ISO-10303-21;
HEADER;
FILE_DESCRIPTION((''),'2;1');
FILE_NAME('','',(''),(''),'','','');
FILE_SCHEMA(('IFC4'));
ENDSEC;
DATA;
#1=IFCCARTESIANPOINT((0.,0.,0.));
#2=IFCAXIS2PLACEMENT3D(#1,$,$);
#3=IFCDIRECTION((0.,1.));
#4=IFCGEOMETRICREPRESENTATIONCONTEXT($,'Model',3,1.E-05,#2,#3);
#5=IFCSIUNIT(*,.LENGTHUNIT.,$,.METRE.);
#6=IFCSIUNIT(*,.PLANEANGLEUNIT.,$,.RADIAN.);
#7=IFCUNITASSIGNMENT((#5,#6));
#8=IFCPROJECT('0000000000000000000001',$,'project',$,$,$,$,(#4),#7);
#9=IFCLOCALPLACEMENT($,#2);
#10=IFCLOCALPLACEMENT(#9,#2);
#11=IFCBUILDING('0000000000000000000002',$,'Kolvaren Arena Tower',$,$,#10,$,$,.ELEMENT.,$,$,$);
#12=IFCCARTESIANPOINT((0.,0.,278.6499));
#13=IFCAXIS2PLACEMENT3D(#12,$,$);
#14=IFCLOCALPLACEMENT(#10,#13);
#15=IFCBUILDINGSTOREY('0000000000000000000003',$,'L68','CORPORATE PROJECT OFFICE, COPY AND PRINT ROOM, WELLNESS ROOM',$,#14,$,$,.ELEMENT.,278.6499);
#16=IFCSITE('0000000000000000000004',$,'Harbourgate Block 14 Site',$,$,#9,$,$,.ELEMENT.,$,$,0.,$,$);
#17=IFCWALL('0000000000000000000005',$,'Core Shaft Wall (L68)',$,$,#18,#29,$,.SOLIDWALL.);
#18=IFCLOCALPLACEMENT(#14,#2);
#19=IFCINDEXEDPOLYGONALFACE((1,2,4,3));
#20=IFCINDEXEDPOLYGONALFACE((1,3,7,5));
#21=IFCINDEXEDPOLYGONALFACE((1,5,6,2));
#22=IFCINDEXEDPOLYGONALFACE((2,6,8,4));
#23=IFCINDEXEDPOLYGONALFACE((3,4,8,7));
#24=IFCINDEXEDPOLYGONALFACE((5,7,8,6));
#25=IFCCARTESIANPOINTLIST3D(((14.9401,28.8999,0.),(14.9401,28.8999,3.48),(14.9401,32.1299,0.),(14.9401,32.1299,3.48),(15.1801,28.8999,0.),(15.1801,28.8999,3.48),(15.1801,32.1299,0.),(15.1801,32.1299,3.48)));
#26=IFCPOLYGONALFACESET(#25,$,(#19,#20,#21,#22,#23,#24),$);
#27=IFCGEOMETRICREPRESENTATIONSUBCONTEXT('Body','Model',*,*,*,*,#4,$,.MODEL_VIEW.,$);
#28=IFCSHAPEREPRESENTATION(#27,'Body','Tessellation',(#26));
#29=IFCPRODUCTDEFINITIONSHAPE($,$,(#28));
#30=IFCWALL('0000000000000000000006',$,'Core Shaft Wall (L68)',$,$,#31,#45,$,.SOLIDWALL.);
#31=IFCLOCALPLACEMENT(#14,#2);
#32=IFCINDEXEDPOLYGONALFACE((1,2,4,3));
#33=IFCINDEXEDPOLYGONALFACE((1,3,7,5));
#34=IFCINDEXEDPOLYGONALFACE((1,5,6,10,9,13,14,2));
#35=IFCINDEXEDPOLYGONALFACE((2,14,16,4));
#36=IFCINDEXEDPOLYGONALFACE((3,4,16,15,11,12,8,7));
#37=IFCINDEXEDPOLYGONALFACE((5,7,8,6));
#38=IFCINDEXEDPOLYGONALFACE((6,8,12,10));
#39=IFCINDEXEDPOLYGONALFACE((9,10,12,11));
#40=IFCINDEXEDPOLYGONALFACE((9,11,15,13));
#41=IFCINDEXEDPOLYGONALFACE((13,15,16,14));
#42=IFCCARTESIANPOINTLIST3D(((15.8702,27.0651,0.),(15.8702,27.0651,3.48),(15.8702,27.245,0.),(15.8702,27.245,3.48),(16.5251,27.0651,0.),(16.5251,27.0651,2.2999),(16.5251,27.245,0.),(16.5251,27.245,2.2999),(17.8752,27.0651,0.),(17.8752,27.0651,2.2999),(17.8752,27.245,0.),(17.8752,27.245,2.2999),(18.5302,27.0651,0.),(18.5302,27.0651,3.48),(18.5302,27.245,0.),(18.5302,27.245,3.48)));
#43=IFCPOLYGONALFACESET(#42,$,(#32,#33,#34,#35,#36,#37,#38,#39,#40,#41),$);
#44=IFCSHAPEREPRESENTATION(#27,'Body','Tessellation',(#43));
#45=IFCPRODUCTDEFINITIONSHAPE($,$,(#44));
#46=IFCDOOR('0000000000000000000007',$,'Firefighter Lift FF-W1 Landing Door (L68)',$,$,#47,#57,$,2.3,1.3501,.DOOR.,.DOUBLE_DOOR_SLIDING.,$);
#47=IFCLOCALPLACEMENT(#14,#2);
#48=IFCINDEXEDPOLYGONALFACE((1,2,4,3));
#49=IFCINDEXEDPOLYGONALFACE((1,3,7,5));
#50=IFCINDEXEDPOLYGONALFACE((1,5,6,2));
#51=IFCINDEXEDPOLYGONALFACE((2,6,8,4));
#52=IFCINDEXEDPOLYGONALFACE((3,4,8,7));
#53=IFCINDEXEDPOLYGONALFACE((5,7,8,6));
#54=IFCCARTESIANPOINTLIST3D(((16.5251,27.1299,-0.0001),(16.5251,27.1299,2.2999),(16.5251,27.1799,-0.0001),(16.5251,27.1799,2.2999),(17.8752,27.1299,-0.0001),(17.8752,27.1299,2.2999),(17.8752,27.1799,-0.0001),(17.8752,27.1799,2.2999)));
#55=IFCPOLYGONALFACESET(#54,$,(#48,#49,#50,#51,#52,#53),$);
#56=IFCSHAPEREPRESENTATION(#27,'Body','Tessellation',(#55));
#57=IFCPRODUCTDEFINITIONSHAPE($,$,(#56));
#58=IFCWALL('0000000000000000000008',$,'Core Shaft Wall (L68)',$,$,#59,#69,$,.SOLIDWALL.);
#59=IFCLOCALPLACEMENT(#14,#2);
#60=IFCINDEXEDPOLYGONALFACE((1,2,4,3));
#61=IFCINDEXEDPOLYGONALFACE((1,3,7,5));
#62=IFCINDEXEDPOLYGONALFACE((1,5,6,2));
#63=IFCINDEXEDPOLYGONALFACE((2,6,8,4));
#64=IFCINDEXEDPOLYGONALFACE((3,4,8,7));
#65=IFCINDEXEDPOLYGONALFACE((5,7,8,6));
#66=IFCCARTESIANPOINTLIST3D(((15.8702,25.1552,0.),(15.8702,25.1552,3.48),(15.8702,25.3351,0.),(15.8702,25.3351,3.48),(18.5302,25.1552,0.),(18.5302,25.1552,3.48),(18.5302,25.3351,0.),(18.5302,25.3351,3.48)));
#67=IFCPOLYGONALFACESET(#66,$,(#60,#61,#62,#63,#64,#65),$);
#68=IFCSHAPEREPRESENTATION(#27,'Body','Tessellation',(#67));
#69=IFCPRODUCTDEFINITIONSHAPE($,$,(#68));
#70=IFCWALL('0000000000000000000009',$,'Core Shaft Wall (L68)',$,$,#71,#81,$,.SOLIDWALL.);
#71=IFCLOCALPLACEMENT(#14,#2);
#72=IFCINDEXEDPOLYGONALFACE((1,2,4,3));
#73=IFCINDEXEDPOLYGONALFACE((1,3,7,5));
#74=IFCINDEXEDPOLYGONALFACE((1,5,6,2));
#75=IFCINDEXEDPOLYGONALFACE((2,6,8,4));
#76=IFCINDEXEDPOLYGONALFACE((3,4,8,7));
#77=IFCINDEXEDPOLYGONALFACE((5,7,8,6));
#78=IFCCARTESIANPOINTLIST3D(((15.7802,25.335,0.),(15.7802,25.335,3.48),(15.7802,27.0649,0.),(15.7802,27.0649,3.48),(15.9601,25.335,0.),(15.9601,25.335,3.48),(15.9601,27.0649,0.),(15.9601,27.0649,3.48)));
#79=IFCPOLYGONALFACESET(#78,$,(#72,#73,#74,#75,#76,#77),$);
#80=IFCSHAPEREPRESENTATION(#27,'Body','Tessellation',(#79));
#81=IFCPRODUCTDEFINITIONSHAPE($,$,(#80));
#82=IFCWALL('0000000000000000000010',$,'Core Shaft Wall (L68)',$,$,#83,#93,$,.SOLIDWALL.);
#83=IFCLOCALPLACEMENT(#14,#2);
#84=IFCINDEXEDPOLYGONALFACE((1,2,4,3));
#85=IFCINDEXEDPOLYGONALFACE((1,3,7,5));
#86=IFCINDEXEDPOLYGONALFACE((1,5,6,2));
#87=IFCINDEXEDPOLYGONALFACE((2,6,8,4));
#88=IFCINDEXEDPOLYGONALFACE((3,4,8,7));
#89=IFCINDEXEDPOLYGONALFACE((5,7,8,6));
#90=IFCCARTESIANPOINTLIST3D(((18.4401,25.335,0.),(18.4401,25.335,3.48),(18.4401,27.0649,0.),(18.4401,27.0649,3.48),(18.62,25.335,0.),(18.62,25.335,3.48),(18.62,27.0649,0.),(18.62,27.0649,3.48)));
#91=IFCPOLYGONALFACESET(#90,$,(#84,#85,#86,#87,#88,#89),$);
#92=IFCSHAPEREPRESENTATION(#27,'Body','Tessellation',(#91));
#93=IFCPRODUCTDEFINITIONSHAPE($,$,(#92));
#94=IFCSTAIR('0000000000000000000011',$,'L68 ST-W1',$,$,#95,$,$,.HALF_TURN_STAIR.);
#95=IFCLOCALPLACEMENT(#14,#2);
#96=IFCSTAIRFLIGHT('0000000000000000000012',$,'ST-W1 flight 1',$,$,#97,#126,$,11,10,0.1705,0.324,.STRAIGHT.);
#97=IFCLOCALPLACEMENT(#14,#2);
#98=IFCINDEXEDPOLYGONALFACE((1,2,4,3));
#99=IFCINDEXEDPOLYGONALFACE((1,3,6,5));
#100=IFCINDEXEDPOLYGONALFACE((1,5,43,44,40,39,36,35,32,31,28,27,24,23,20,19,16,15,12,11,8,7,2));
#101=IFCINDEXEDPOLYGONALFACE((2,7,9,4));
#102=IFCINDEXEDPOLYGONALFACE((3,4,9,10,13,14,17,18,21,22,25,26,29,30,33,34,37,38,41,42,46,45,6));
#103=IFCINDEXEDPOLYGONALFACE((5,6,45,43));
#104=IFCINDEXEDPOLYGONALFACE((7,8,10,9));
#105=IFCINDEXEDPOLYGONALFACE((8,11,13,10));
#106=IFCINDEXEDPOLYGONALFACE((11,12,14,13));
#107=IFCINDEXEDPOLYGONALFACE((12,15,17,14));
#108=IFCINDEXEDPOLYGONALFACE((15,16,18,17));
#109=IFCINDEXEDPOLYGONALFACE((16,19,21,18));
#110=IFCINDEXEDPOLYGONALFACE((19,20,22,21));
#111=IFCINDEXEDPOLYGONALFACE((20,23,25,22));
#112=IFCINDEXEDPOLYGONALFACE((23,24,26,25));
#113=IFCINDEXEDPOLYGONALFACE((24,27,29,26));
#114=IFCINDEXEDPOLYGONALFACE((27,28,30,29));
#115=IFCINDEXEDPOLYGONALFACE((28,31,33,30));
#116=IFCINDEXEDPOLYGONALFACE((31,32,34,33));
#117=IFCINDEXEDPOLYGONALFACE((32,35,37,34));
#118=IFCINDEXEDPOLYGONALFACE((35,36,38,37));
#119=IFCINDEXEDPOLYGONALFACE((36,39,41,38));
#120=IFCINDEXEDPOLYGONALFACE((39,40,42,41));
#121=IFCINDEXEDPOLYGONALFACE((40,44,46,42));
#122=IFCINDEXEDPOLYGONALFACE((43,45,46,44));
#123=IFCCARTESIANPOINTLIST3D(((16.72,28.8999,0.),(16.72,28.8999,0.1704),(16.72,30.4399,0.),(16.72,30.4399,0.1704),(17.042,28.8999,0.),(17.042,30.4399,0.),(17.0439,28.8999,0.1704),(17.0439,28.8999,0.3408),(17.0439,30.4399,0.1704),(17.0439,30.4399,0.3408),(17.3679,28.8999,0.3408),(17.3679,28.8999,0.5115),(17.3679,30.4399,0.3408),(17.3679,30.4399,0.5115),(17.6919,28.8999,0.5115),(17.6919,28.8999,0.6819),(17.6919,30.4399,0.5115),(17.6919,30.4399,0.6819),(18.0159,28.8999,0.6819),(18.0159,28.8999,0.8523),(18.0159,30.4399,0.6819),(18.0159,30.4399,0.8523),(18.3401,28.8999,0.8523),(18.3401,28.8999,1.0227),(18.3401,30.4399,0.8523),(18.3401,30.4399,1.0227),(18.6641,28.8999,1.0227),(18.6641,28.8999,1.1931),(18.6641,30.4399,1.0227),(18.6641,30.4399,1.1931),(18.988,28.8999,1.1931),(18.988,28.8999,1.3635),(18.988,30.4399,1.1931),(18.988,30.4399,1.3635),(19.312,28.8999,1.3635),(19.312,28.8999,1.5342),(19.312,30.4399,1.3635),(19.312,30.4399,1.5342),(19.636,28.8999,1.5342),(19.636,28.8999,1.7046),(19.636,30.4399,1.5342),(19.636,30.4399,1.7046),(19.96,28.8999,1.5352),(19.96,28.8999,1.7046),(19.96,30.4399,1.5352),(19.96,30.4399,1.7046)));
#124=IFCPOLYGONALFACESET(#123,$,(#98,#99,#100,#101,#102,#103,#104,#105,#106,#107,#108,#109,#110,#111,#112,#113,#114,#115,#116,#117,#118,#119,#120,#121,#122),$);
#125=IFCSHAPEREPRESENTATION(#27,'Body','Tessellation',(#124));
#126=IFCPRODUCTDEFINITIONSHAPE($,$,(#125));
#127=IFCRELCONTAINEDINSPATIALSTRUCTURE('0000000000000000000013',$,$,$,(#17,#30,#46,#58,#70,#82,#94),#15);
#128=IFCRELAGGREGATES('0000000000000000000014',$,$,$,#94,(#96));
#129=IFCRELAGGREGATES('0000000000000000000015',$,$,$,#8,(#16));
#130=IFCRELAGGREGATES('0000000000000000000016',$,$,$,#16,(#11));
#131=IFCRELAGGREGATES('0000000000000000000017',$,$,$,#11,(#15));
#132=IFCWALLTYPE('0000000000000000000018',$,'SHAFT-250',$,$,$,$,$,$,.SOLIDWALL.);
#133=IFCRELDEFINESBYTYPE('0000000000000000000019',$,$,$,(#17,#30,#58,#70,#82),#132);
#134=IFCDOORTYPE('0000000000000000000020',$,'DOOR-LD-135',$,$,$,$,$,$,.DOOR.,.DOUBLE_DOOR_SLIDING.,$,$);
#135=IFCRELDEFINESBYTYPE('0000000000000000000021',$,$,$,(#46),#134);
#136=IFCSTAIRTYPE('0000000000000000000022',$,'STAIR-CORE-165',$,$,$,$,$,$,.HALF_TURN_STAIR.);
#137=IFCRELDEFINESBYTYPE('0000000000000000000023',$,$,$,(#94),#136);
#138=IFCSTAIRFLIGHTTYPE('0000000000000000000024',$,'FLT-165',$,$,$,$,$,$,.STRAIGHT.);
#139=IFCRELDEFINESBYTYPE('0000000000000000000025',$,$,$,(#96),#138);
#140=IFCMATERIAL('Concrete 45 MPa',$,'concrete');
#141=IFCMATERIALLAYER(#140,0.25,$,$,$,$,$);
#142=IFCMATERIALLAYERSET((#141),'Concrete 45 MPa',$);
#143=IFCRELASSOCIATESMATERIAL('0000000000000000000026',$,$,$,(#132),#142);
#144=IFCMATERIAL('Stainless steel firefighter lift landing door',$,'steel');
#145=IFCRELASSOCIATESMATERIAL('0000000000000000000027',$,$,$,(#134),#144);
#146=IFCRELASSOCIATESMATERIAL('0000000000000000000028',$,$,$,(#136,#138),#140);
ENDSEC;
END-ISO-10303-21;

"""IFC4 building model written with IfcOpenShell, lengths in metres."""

from ifc_helpers import new_model, si_unit, direction, frame, frame_2d, origin, place, context, subcontext, project, spatial, polyline, rectangle, outline, extrude, material, layer, layer_set, type_object, element, fill, aggregate, save


model = new_model("IFC4")

# Units and contexts
model_context = context("Model", 3, precision=1e-05, world=origin(), true_north=direction((0.0, 1.0)))
body_context = subcontext(model_context, "Body", "Model", "MODEL_VIEW")
ifc_project = project(units=[si_unit("LENGTHUNIT", "METRE"), si_unit("PLANEANGLEUNIT", "RADIAN")], contexts=[model_context])

# Site, building, storey
site_placement = place(None, origin())
site = spatial("IfcSite", under=ifc_project, at=site_placement, Name="Harbourgate Block 14 Site", CompositionType="ELEMENT", RefElevation=0.0)
building_placement = place(site_placement, origin())
building = spatial("IfcBuilding", under=site, at=building_placement, Name="Kolvaren Arena Tower", CompositionType="ELEMENT")
storey_placement = place(building_placement, frame((0.0, 0.0, 278.6499)))
storey = spatial("IfcBuildingStorey", under=building, at=storey_placement, Name="L68", Description="CORPORATE PROJECT OFFICE, COPY AND PRINT ROOM, WELLNESS ROOM", CompositionType="ELEMENT", Elevation=278.6499)

# Wall
ifc_material_1 = material(Name="Concrete 45 MPa", Category="concrete")
ifc_layer_1 = layer(ifc_material_1, 0.25)
ifc_layer_set_1 = layer_set([ifc_layer_1], Name="Concrete 45 MPa")
wall_type_1 = type_object("IfcWallType", Name="SHAFT-250", PredefinedType="SOLIDWALL", material=ifc_layer_set_1)
wall_1_placement = place(storey_placement, frame((15.0601, 28.8999, 0.0), z_axis=(0.0, 0.0, 1.0), x_axis=(0.0, 1.0, 0.0)))
element("IfcWall", 1, at=wall_1_placement, inside=storey, type_object=wall_type_1, Name="Core Shaft Wall (L68)", PredefinedType="SOLIDWALL", context=body_context, shape_type="SweptSolid", body=[
    extrude(rectangle(XDim=3.23, YDim=0.24, at=frame_2d((1.615, 0.0))), origin(), (0.0, 0.0, 1.0), 3.48),
])

# Wall, opening, door
wall_2_placement = place(storey_placement, frame((15.8701, 27.155, 0.0), z_axis=(0.0, 0.0, 1.0), x_axis=(1.0, 0.0, 0.0)))
wall_2 = element("IfcWall", 2, at=wall_2_placement, inside=storey, type_object=wall_type_1, Name="Core Shaft Wall (L68)", PredefinedType="SOLIDWALL", context=body_context, shape_type="SweptSolid", body=[
    extrude(rectangle(XDim=2.6599, YDim=0.1799, at=frame_2d((1.3301, 0.0))), origin(), (0.0, 0.0, 1.0), 3.48),
])
opening_placement = place(wall_2_placement, frame((0.655, 0.0, 0.0)))
opening = element("IfcOpeningElement", 3, at=opening_placement, cuts=wall_2, PredefinedType="OPENING", context=body_context, shape_type="SweptSolid", body=[
    extrude(rectangle(XDim=1.3501, YDim=2.3, at=frame_2d((0.675, 1.1499))), frame((0.0, 0.0999, 0.0), z_axis=(0.0, -1.0, 0.0), x_axis=(1.0, 0.0, 0.0)), (0.0, 0.0, 1.0), 0.2),
])
ifc_material_2 = material(Name="Stainless steel firefighter lift landing door", Category="steel")
door_type = type_object("IfcDoorType", Name="DOOR-LD-135", OperationType="DOUBLE_DOOR_SLIDING", PredefinedType="DOOR", material=ifc_material_2)
door_placement = place(opening_placement, origin())
door = element("IfcDoor", 4, at=door_placement, inside=storey, type_object=door_type, Name="Firefighter Lift FF-W1 Landing Door (L68)", OperationType="DOUBLE_DOOR_SLIDING", OverallHeight=2.3, OverallWidth=1.3501, PredefinedType="DOOR", context=body_context, shape_type="SweptSolid", body=[
    extrude(rectangle(XDim=1.3501, YDim=2.3, at=frame_2d((0.675, 1.1499))), frame((0.0, 0.0249, 0.0), z_axis=(0.0, -1.0, 0.0), x_axis=(1.0, 0.0, 0.0)), (0.0, 0.0, 1.0), 0.05),
])
fill(opening, door)

# Walls
wall_3_placement = place(storey_placement, frame((15.8701, 25.2451, 0.0), z_axis=(0.0, 0.0, 1.0), x_axis=(1.0, 0.0, 0.0)))
element("IfcWall", 5, at=wall_3_placement, inside=storey, type_object=wall_type_1, Name="Core Shaft Wall (L68)", PredefinedType="SOLIDWALL", context=body_context, shape_type="SweptSolid", body=[
    extrude(rectangle(XDim=2.6599, YDim=0.1799, at=frame_2d((1.3301, 0.0))), origin(), (0.0, 0.0, 1.0), 3.48),
])
for number, where, z_axis, x_axis, name in (
    (6, (15.8701, 25.335, 0.0), (0.0, 0.0, 1.0), (0.0, 1.0, 0.0), "Core Shaft Wall (L68)"),
    (7, (18.53, 25.335, 0.0), (0.0, 0.0, 1.0), (0.0, 1.0, 0.0), "Core Shaft Wall (L68)"),
):
    element("IfcWall", number, at=place(storey_placement, frame(where, z_axis=z_axis, x_axis=x_axis)), inside=storey, type_object=wall_type_1, Name=name, PredefinedType="SOLIDWALL", context=body_context, shape_type="SweptSolid", body=[
        extrude(rectangle(XDim=1.73, YDim=0.1799, at=frame_2d((0.865, 0.0))), origin(), (0.0, 0.0, 1.0), 3.48),
    ])

# Stair, stair flight
stair_type = type_object("IfcStairType", Name="STAIR-CORE-165", PredefinedType="HALF_TURN_STAIR", material=ifc_material_1)
stair_placement = place(storey_placement, origin())
stair = element("IfcStair", 8, at=stair_placement, inside=storey, type_object=stair_type, Name="L68 ST-W1", PredefinedType="HALF_TURN_STAIR")
stair_flight_type = type_object("IfcStairFlightType", Name="FLT-165", PredefinedType="STRAIGHT", material=ifc_material_1)
stair_flight_placement = place(storey_placement, frame((16.72, 29.6699, 0.0), z_axis=(0.0, 0.0, 1.0), x_axis=(1.0, 0.0, 0.0)))
stair_flight = element("IfcStairFlight", 9, at=stair_flight_placement, type_object=stair_flight_type, Name="ST-W1 flight 1", NumberOfRisers=11, NumberOfTreads=10, PredefinedType="STRAIGHT", RiserHeight=0.1705, TreadLength=0.324, context=body_context, shape_type="SweptSolid", body=[
    extrude(outline(polyline([(0.0, 0.0), (0.0, 0.1704), (0.324, 0.1704), (0.324, 0.3408), (0.6479, 0.3408), (0.6479, 0.5115), (0.9719, 0.5115), (0.9719, 0.6819), (1.2959, 0.6819), (1.2959, 0.8523), (1.6201, 0.8523), (1.6201, 1.0227), (1.9441, 1.0227), (1.9441, 1.1931), (2.2681, 1.1931), (2.2681, 1.3635), (2.592, 1.3635), (2.592, 1.5342), (2.916, 1.5342), (2.916, 1.7046), (3.24, 1.7046), (3.24, 1.875), (3.24, 1.5352), (0.322, 0.0), (0.0, 0.0)])), frame((0.0, 0.77, 0.0), z_axis=(0.0, -1.0, 0.0), x_axis=(1.0, 0.0, 0.0)), (0.0, 0.0, 1.0), 1.54),
])
aggregate(stair, [stair_flight])

save(model, "model.ifc")
